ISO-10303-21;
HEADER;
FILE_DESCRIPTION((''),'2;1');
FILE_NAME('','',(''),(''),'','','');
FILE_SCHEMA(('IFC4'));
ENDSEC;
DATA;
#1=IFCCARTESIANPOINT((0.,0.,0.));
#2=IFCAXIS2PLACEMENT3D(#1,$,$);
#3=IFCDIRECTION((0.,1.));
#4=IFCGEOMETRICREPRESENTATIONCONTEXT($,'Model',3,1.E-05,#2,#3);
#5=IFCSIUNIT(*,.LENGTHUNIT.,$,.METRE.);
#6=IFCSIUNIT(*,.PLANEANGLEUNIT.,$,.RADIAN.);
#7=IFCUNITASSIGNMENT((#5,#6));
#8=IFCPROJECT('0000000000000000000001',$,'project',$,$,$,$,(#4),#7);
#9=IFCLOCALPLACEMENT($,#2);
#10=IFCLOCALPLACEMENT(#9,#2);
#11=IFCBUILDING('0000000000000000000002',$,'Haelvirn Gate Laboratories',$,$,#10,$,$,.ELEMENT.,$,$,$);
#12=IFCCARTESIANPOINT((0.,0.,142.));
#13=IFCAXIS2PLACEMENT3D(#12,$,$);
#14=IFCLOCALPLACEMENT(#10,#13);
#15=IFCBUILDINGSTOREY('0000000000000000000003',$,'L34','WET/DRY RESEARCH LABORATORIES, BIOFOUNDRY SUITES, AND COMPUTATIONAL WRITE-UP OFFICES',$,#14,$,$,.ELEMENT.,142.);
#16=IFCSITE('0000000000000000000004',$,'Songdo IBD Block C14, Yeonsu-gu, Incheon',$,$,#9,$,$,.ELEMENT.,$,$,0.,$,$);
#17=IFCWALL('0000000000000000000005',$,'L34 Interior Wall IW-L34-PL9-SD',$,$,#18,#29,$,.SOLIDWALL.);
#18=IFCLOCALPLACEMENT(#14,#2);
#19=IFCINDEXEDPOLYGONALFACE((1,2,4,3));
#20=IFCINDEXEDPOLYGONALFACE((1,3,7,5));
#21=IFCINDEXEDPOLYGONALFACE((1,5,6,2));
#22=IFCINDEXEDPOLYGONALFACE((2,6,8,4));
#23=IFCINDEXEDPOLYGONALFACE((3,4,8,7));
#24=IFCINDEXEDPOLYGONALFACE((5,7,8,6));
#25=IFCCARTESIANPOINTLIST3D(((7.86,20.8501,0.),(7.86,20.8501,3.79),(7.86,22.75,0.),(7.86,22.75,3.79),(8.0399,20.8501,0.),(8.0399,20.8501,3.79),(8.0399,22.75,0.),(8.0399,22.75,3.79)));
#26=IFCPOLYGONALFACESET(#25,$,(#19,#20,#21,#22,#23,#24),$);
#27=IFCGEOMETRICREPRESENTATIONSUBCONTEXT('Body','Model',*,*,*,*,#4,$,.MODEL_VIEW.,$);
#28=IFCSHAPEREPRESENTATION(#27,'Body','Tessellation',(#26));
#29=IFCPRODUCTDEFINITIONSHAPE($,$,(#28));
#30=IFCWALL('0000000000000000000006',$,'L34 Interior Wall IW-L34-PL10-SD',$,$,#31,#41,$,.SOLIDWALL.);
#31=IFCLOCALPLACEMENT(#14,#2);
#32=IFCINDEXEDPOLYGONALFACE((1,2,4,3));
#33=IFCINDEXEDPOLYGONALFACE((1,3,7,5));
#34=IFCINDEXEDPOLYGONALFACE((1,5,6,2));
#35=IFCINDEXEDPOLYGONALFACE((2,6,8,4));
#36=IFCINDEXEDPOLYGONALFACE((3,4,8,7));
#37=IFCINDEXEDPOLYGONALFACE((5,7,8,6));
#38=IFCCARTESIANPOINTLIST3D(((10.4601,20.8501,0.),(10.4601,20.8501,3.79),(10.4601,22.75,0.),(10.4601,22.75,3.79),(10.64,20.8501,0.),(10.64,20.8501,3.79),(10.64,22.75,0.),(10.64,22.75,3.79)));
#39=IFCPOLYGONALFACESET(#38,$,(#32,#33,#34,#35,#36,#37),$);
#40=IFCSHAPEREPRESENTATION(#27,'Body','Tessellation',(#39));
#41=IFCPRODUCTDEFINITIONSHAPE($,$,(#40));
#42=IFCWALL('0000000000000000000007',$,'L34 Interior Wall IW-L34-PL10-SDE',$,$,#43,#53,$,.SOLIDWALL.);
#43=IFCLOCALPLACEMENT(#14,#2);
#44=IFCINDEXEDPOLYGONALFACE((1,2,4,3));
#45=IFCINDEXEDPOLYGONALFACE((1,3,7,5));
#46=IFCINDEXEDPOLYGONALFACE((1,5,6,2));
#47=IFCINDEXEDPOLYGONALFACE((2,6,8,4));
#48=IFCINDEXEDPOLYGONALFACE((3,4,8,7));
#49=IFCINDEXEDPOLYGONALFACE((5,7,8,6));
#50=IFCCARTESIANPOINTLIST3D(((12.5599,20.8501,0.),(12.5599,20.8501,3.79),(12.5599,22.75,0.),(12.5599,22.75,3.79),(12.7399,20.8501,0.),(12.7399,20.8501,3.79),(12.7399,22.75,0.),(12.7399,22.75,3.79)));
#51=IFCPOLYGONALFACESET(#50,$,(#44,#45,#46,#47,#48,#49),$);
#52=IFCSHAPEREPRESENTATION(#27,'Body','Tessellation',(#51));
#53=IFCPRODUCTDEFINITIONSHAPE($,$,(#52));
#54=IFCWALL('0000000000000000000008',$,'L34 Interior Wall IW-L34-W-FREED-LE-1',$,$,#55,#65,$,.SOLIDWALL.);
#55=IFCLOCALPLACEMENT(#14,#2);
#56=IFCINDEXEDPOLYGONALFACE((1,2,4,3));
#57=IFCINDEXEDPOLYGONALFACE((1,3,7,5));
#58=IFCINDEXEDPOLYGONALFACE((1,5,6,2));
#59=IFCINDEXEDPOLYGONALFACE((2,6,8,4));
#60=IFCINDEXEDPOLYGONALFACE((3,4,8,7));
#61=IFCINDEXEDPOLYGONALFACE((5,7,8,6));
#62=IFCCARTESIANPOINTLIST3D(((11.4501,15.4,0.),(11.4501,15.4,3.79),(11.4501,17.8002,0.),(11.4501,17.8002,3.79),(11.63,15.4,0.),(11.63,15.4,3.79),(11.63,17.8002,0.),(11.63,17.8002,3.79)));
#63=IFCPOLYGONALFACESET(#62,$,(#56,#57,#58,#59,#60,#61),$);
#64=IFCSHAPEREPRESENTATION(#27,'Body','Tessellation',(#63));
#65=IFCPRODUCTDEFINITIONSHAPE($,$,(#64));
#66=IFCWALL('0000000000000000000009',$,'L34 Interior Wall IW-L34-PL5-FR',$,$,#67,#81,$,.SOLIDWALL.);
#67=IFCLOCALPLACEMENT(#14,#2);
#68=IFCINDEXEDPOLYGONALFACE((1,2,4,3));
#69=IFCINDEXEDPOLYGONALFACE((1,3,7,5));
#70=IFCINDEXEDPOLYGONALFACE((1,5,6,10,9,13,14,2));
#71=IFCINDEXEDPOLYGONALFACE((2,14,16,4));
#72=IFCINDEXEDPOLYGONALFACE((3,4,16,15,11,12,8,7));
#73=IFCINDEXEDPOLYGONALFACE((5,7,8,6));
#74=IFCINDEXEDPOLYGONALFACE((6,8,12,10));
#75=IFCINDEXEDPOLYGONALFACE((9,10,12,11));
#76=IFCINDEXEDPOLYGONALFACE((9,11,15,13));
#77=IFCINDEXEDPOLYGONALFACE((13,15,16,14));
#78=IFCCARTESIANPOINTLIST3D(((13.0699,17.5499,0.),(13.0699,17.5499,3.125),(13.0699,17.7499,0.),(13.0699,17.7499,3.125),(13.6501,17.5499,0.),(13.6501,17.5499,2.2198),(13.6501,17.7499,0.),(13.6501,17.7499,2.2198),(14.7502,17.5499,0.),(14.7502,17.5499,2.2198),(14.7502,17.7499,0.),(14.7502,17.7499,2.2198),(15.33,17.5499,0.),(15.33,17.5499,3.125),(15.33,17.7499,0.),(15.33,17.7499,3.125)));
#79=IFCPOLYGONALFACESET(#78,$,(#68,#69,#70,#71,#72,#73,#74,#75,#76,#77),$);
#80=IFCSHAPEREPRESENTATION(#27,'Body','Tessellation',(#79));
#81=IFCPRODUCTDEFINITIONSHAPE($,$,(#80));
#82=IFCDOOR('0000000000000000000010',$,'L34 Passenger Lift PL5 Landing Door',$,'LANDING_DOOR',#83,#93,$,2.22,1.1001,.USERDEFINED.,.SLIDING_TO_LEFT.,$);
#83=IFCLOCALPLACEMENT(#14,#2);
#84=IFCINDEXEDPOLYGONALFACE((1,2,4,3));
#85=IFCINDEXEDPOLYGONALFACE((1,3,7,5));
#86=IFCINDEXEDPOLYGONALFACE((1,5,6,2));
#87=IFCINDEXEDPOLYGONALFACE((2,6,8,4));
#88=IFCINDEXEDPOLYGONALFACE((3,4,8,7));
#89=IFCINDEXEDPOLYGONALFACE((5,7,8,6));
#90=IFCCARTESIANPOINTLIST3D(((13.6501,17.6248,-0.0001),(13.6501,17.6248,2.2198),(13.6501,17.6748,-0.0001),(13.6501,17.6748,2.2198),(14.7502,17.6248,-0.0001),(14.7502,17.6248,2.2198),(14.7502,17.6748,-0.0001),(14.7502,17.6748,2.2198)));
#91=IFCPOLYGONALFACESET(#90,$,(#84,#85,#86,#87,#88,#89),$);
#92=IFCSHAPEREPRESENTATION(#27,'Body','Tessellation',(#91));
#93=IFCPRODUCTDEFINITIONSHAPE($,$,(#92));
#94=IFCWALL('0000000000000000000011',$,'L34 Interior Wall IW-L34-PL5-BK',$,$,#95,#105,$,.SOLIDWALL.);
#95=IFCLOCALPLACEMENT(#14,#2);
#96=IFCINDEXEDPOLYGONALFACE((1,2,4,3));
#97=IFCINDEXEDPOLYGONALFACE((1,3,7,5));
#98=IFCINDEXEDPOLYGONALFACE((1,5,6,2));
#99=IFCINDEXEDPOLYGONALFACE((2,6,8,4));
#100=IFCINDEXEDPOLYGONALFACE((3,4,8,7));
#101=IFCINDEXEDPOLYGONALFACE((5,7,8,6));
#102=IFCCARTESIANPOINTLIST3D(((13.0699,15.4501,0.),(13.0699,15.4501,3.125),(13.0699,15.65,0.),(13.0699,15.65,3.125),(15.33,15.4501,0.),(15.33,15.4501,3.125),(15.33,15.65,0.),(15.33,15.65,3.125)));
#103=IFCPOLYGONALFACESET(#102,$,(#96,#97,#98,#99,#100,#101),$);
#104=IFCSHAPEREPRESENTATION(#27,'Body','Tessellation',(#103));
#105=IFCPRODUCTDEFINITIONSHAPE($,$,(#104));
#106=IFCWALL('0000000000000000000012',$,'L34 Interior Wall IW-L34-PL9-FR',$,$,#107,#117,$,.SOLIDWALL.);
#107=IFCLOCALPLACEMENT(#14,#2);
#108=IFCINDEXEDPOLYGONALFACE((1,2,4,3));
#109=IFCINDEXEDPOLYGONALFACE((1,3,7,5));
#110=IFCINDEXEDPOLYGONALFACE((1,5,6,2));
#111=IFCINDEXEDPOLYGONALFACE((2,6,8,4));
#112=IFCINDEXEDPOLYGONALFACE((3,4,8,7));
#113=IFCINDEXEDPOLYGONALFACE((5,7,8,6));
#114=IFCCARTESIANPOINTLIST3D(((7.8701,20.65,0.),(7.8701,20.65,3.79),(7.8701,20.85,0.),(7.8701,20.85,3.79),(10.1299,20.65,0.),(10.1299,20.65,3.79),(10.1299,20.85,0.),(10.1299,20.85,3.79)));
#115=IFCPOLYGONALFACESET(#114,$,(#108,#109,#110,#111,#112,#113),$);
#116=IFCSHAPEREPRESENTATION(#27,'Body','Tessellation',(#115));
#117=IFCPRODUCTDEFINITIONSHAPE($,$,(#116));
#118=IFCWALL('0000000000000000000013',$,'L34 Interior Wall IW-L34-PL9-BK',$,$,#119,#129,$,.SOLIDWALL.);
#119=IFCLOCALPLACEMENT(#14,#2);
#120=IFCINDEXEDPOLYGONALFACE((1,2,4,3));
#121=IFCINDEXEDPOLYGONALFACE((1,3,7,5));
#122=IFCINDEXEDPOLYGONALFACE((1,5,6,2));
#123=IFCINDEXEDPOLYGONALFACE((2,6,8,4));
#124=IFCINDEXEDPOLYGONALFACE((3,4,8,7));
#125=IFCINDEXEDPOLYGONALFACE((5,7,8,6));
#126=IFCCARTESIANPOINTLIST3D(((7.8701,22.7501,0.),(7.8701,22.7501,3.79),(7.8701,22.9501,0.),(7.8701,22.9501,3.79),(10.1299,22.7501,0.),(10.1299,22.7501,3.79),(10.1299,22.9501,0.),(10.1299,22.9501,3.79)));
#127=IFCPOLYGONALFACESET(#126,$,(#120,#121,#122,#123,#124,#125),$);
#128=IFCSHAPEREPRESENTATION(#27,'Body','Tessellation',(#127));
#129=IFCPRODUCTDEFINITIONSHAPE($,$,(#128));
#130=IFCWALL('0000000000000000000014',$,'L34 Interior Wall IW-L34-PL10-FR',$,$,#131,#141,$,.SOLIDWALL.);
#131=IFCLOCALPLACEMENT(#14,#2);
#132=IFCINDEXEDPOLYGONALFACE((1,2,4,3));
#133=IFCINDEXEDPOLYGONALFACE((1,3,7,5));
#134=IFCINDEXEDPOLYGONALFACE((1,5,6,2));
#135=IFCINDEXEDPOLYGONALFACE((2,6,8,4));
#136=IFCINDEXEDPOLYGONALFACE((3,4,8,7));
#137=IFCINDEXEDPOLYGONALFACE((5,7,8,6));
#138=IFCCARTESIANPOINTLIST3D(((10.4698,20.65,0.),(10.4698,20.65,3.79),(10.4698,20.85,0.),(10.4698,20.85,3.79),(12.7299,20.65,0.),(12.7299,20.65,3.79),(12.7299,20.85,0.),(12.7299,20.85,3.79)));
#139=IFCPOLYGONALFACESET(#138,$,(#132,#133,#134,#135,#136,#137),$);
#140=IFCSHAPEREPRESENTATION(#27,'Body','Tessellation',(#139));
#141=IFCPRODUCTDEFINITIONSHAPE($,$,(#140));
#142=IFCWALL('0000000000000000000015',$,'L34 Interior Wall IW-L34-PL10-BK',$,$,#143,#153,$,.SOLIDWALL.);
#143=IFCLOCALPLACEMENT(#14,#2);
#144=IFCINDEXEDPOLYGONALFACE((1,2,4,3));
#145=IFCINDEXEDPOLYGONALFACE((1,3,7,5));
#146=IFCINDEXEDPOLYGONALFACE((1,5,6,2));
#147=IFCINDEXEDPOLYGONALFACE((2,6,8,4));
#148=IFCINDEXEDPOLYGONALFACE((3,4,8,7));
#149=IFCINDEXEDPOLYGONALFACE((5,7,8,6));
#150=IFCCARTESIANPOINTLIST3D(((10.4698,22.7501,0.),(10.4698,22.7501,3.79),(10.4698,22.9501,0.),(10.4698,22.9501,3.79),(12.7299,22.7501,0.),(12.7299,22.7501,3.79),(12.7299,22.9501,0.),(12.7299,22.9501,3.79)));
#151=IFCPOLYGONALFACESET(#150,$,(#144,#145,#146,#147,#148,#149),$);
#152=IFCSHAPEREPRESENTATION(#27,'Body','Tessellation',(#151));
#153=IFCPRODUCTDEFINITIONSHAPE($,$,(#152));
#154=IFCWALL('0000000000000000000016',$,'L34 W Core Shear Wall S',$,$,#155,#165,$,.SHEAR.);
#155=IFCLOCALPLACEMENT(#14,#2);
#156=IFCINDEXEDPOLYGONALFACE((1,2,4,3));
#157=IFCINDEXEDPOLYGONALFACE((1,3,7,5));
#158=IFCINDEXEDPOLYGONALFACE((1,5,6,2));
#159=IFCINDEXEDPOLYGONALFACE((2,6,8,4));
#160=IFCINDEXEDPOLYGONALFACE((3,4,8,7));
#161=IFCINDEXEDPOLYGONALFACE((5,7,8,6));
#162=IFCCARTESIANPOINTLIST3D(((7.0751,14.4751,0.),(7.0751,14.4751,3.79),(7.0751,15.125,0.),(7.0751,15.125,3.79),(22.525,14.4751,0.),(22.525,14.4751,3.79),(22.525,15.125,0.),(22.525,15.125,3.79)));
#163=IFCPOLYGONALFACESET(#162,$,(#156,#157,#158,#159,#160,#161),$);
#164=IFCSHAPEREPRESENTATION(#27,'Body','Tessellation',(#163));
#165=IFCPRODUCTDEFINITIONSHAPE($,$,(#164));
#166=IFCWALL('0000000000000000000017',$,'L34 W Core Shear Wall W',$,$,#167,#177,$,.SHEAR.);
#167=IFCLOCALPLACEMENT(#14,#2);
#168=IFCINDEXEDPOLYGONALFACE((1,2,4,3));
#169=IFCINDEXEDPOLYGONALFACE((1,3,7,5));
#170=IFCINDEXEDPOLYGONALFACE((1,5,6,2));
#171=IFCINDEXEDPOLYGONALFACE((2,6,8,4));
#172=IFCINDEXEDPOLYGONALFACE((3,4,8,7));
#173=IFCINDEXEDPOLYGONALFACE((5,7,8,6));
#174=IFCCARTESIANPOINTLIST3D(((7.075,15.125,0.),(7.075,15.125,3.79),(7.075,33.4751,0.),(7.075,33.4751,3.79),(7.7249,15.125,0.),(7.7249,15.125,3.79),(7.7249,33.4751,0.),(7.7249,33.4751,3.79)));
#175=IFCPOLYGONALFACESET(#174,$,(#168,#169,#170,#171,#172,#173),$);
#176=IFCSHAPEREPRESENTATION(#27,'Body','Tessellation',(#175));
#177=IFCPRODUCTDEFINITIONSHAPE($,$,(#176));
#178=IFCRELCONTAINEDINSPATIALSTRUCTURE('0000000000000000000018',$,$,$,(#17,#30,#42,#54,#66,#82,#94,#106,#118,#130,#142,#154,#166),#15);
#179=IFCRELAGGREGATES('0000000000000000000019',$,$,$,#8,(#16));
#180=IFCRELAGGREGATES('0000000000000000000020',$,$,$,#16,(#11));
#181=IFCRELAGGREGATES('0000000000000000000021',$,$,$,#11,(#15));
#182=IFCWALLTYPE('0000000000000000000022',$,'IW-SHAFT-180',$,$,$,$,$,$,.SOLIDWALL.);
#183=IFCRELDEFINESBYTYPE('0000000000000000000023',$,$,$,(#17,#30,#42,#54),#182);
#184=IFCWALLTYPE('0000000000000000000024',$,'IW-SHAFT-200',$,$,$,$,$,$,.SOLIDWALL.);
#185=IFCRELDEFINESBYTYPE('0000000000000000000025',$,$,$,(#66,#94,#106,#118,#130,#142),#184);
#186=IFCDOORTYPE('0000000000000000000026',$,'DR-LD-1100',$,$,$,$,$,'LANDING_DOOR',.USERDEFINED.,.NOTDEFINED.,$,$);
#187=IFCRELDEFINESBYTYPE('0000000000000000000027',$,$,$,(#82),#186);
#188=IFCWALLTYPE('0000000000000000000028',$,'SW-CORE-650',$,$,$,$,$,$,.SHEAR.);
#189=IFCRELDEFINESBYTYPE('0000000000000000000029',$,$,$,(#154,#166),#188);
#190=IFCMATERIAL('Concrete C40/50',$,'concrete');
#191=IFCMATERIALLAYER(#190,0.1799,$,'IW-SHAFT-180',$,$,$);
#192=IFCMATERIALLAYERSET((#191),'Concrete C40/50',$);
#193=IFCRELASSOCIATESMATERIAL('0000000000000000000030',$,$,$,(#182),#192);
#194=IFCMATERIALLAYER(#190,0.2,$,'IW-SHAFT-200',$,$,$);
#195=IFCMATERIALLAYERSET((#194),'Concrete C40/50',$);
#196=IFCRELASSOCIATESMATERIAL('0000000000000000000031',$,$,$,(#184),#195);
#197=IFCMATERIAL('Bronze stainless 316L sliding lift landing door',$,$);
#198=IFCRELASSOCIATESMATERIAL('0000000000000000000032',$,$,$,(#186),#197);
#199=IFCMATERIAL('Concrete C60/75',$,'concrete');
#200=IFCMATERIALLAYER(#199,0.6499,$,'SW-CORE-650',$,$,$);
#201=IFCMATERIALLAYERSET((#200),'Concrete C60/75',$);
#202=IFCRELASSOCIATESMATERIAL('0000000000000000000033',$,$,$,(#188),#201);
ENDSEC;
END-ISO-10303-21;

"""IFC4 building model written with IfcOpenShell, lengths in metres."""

from ifc_helpers import new_model, si_unit, direction, frame, frame_2d, origin, place, context, subcontext, project, spatial, rectangle, extrude, source, transform, mapped, material, layer, layer_set, type_object, type_shapes, element, fill, save


model = new_model("IFC4")

# Units and contexts
model_context = context("Model", 3, precision=1e-05, world=origin(), true_north=direction((0.0, 1.0)))
body_context = subcontext(model_context, "Body", "Model", "MODEL_VIEW")
ifc_project = project(units=[si_unit("LENGTHUNIT", "METRE"), si_unit("PLANEANGLEUNIT", "RADIAN")], contexts=[model_context])

# Site, building, storey
site_placement = place(None, origin())
site = spatial("IfcSite", under=ifc_project, at=site_placement, Name="Songdo IBD Block C14, Yeonsu-gu, Incheon", CompositionType="ELEMENT", RefElevation=0.0)
building_placement = place(site_placement, origin())
building = spatial("IfcBuilding", under=site, at=building_placement, Name="Haelvirn Gate Laboratories", CompositionType="ELEMENT")
storey_placement = place(building_placement, frame((0.0, 0.0, 142.0)))
storey = spatial("IfcBuildingStorey", under=building, at=storey_placement, Name="L34", Description="WET/DRY RESEARCH LABORATORIES, BIOFOUNDRY SUITES, AND COMPUTATIONAL WRITE-UP OFFICES", CompositionType="ELEMENT", Elevation=142.0)

# Shared definitions
ifc_material_1 = material(Name="Concrete C60/75", Category="concrete")

# Walls
ifc_material_2 = material(Name="Concrete C40/50", Category="concrete")
ifc_layer_1 = layer(ifc_material_2, 0.1799, Name="IW-SHAFT-180")
ifc_layer_set_1 = layer_set([ifc_layer_1], Name="Concrete C40/50")
wall_type_1 = type_object("IfcWallType", Name="IW-SHAFT-180", PredefinedType="SOLIDWALL", material=ifc_layer_set_1)
for number, where, z_axis, x_axis, name in (
    (1, (7.95, 20.8501, 0.0), (0.0, 0.0, 1.0), (0.0, 1.0, 0.0), "L34 Interior Wall IW-L34-PL9-SD"),
    (2, (10.55, 20.8501, 0.0), (0.0, 0.0, 1.0), (0.0, 1.0, 0.0), "L34 Interior Wall IW-L34-PL10-SD"),
    (3, (12.6499, 20.8501, 0.0), (0.0, 0.0, 1.0), (0.0, 1.0, 0.0), "L34 Interior Wall IW-L34-PL10-SDE"),
):
    element("IfcWall", number, at=place(storey_placement, frame(where, z_axis=z_axis, x_axis=x_axis)), inside=storey, type_object=wall_type_1, Name=name, PredefinedType="SOLIDWALL", context=body_context, shape_type="SweptSolid", body=[
        extrude(rectangle(XDim=1.8999, YDim=0.1799, at=frame_2d((0.95, 0.0))), origin(), (0.0, 0.0, 1.0), 3.79),
    ])

# Wall
wall_1_placement = place(storey_placement, frame((11.54, 15.3999, 0.0), z_axis=(0.0, 0.0, 1.0), x_axis=(0.0, 1.0, 0.0)))
element("IfcWall", 4, at=wall_1_placement, inside=storey, type_object=wall_type_1, Name="L34 Interior Wall IW-L34-W-FREED-LE-1", PredefinedType="SOLIDWALL", context=body_context, shape_type="SweptSolid", body=[
    extrude(rectangle(XDim=2.4001, YDim=0.1799, at=frame_2d((1.2002, 0.0))), origin(), (0.0, 0.0, 1.0), 3.79),
])

# Wall, opening, door
ifc_layer_2 = layer(ifc_material_2, 0.2, Name="IW-SHAFT-200")
ifc_layer_set_2 = layer_set([ifc_layer_2], Name="Concrete C40/50")
wall_type_2 = type_object("IfcWallType", Name="IW-SHAFT-200", PredefinedType="SOLIDWALL", material=ifc_layer_set_2)
wall_2_placement = place(storey_placement, frame((13.0701, 17.6499, 0.0), z_axis=(0.0, 0.0, 1.0), x_axis=(1.0, 0.0, 0.0)))
wall_2 = element("IfcWall", 5, at=wall_2_placement, inside=storey, type_object=wall_type_2, Name="L34 Interior Wall IW-L34-PL5-FR", PredefinedType="SOLIDWALL", context=body_context, shape_type="SweptSolid", body=[
    extrude(rectangle(XDim=2.26, YDim=0.2, at=frame_2d((1.1299, 0.0))), origin(), (0.0, 0.0, 1.0), 3.125),
])
opening_1_placement = place(wall_2_placement, frame((0.5801, 0.0, 0.0)))
opening_1 = element("IfcOpeningElement", 6, at=opening_1_placement, cuts=wall_2, PredefinedType="OPENING", context=body_context, shape_type="SweptSolid", body=[
    extrude(rectangle(XDim=1.1001, YDim=2.22, at=frame_2d((0.55, 1.1099))), frame((0.0, 0.1099, 0.0), z_axis=(0.0, -1.0, 0.0), x_axis=(1.0, 0.0, 0.0)), (0.0, 0.0, 1.0), 0.22),
])
ifc_material_3 = material(Name="Bronze stainless 316L sliding lift landing door")
door_type_1 = type_object("IfcDoorType", Name="DR-LD-1100", ElementType="LANDING_DOOR", OperationType="NOTDEFINED", PredefinedType="USERDEFINED", material=ifc_material_3)
shared_shape_1 = source(origin(), body_context, "Body", "SweptSolid", [
    extrude(rectangle(XDim=1.1001, YDim=2.22, at=frame_2d((0.55, 1.1099))), frame((0.0, 0.0249, 0.0), z_axis=(0.0, -1.0, 0.0), x_axis=(1.0, 0.0, 0.0)), (0.0, 0.0, 1.0), 0.05),
])
type_shapes(door_type_1, [shared_shape_1])
door_1_placement = place(opening_1_placement, origin())
door_1 = element("IfcDoor", 7, at=door_1_placement, inside=storey, type_object=door_type_1, Name="L34 Passenger Lift PL5 Landing Door", ObjectType="LANDING_DOOR", OperationType="SLIDING_TO_LEFT", OverallHeight=2.22, OverallWidth=1.1001, PredefinedType="USERDEFINED", context=body_context, shape_type="MappedRepresentation", body=[
    mapped(shared_shape_1, transform((0.0, 0.0, 0.0), scale=1.0)),
])
fill(opening_1, door_1)

# Walls
wall_3_placement = place(storey_placement, frame((13.0701, 15.55, 0.0), z_axis=(0.0, 0.0, 1.0), x_axis=(1.0, 0.0, 0.0)))
element("IfcWall", 8, at=wall_3_placement, inside=storey, type_object=wall_type_2, Name="L34 Interior Wall IW-L34-PL5-BK", PredefinedType="SOLIDWALL", context=body_context, shape_type="SweptSolid", body=[
    extrude(rectangle(XDim=2.26, YDim=0.2, at=frame_2d((1.1299, 0.0))), origin(), (0.0, 0.0, 1.0), 3.125),
])
for number, where, z_axis, x_axis, name in (
    (9, (7.8701, 20.75, 0.0), (0.0, 0.0, 1.0), (1.0, 0.0, 0.0), "L34 Interior Wall IW-L34-PL9-FR"),
    (10, (7.8701, 22.8501, 0.0), (0.0, 0.0, 1.0), (1.0, 0.0, 0.0), "L34 Interior Wall IW-L34-PL9-BK"),
):
    element("IfcWall", number, at=place(storey_placement, frame(where, z_axis=z_axis, x_axis=x_axis)), inside=storey, type_object=wall_type_2, Name=name, PredefinedType="SOLIDWALL", context=body_context, shape_type="SweptSolid", body=[
        extrude(rectangle(XDim=2.2598, YDim=0.2, at=frame_2d((1.1299, 0.0))), origin(), (0.0, 0.0, 1.0), 3.79),
    ])
for number, where, z_axis, x_axis, name in (
    (11, (10.47, 20.75, 0.0), (0.0, 0.0, 1.0), (1.0, 0.0, 0.0), "L34 Interior Wall IW-L34-PL10-FR"),
    (12, (10.47, 22.8501, 0.0), (0.0, 0.0, 1.0), (1.0, 0.0, 0.0), "L34 Interior Wall IW-L34-PL10-BK"),
):
    element("IfcWall", number, at=place(storey_placement, frame(where, z_axis=z_axis, x_axis=x_axis)), inside=storey, type_object=wall_type_2, Name=name, PredefinedType="SOLIDWALL", context=body_context, shape_type="SweptSolid", body=[
        extrude(rectangle(XDim=2.26, YDim=0.2, at=frame_2d((1.1299, 0.0))), origin(), (0.0, 0.0, 1.0), 3.79),
    ])
ifc_layer_3 = layer(ifc_material_1, 0.6499, Name="SW-CORE-650")
ifc_layer_set_3 = layer_set([ifc_layer_3], Name="Concrete C60/75")
wall_type_3 = type_object("IfcWallType", Name="SW-CORE-650", PredefinedType="SHEAR", material=ifc_layer_set_3)
wall_4_placement = place(storey_placement, frame((7.075, 14.8, 0.0), z_axis=(0.0, 0.0, 1.0), x_axis=(1.0, 0.0, 0.0)))
element("IfcWall", 13, at=wall_4_placement, inside=storey, type_object=wall_type_3, Name="L34 W Core Shear Wall S", PredefinedType="SHEAR", context=body_context, shape_type="SweptSolid", body=[
    extrude(rectangle(XDim=15.45, YDim=0.6499, at=frame_2d((7.7251, 0.0))), origin(), (0.0, 0.0, 1.0), 3.79),
])
wall_5_placement = place(storey_placement, frame((7.3999, 15.125, 0.0), z_axis=(0.0, 0.0, 1.0), x_axis=(0.0, 1.0, 0.0)))
element("IfcWall", 14, at=wall_5_placement, inside=storey, type_object=wall_type_3, Name="L34 W Core Shear Wall W", PredefinedType="SHEAR", context=body_context, shape_type="SweptSolid", body=[
    extrude(rectangle(XDim=18.3501, YDim=0.6499, at=frame_2d((9.175, 0.0))), origin(), (0.0, 0.0, 1.0), 3.79),
])

save(model, "model.ifc")
